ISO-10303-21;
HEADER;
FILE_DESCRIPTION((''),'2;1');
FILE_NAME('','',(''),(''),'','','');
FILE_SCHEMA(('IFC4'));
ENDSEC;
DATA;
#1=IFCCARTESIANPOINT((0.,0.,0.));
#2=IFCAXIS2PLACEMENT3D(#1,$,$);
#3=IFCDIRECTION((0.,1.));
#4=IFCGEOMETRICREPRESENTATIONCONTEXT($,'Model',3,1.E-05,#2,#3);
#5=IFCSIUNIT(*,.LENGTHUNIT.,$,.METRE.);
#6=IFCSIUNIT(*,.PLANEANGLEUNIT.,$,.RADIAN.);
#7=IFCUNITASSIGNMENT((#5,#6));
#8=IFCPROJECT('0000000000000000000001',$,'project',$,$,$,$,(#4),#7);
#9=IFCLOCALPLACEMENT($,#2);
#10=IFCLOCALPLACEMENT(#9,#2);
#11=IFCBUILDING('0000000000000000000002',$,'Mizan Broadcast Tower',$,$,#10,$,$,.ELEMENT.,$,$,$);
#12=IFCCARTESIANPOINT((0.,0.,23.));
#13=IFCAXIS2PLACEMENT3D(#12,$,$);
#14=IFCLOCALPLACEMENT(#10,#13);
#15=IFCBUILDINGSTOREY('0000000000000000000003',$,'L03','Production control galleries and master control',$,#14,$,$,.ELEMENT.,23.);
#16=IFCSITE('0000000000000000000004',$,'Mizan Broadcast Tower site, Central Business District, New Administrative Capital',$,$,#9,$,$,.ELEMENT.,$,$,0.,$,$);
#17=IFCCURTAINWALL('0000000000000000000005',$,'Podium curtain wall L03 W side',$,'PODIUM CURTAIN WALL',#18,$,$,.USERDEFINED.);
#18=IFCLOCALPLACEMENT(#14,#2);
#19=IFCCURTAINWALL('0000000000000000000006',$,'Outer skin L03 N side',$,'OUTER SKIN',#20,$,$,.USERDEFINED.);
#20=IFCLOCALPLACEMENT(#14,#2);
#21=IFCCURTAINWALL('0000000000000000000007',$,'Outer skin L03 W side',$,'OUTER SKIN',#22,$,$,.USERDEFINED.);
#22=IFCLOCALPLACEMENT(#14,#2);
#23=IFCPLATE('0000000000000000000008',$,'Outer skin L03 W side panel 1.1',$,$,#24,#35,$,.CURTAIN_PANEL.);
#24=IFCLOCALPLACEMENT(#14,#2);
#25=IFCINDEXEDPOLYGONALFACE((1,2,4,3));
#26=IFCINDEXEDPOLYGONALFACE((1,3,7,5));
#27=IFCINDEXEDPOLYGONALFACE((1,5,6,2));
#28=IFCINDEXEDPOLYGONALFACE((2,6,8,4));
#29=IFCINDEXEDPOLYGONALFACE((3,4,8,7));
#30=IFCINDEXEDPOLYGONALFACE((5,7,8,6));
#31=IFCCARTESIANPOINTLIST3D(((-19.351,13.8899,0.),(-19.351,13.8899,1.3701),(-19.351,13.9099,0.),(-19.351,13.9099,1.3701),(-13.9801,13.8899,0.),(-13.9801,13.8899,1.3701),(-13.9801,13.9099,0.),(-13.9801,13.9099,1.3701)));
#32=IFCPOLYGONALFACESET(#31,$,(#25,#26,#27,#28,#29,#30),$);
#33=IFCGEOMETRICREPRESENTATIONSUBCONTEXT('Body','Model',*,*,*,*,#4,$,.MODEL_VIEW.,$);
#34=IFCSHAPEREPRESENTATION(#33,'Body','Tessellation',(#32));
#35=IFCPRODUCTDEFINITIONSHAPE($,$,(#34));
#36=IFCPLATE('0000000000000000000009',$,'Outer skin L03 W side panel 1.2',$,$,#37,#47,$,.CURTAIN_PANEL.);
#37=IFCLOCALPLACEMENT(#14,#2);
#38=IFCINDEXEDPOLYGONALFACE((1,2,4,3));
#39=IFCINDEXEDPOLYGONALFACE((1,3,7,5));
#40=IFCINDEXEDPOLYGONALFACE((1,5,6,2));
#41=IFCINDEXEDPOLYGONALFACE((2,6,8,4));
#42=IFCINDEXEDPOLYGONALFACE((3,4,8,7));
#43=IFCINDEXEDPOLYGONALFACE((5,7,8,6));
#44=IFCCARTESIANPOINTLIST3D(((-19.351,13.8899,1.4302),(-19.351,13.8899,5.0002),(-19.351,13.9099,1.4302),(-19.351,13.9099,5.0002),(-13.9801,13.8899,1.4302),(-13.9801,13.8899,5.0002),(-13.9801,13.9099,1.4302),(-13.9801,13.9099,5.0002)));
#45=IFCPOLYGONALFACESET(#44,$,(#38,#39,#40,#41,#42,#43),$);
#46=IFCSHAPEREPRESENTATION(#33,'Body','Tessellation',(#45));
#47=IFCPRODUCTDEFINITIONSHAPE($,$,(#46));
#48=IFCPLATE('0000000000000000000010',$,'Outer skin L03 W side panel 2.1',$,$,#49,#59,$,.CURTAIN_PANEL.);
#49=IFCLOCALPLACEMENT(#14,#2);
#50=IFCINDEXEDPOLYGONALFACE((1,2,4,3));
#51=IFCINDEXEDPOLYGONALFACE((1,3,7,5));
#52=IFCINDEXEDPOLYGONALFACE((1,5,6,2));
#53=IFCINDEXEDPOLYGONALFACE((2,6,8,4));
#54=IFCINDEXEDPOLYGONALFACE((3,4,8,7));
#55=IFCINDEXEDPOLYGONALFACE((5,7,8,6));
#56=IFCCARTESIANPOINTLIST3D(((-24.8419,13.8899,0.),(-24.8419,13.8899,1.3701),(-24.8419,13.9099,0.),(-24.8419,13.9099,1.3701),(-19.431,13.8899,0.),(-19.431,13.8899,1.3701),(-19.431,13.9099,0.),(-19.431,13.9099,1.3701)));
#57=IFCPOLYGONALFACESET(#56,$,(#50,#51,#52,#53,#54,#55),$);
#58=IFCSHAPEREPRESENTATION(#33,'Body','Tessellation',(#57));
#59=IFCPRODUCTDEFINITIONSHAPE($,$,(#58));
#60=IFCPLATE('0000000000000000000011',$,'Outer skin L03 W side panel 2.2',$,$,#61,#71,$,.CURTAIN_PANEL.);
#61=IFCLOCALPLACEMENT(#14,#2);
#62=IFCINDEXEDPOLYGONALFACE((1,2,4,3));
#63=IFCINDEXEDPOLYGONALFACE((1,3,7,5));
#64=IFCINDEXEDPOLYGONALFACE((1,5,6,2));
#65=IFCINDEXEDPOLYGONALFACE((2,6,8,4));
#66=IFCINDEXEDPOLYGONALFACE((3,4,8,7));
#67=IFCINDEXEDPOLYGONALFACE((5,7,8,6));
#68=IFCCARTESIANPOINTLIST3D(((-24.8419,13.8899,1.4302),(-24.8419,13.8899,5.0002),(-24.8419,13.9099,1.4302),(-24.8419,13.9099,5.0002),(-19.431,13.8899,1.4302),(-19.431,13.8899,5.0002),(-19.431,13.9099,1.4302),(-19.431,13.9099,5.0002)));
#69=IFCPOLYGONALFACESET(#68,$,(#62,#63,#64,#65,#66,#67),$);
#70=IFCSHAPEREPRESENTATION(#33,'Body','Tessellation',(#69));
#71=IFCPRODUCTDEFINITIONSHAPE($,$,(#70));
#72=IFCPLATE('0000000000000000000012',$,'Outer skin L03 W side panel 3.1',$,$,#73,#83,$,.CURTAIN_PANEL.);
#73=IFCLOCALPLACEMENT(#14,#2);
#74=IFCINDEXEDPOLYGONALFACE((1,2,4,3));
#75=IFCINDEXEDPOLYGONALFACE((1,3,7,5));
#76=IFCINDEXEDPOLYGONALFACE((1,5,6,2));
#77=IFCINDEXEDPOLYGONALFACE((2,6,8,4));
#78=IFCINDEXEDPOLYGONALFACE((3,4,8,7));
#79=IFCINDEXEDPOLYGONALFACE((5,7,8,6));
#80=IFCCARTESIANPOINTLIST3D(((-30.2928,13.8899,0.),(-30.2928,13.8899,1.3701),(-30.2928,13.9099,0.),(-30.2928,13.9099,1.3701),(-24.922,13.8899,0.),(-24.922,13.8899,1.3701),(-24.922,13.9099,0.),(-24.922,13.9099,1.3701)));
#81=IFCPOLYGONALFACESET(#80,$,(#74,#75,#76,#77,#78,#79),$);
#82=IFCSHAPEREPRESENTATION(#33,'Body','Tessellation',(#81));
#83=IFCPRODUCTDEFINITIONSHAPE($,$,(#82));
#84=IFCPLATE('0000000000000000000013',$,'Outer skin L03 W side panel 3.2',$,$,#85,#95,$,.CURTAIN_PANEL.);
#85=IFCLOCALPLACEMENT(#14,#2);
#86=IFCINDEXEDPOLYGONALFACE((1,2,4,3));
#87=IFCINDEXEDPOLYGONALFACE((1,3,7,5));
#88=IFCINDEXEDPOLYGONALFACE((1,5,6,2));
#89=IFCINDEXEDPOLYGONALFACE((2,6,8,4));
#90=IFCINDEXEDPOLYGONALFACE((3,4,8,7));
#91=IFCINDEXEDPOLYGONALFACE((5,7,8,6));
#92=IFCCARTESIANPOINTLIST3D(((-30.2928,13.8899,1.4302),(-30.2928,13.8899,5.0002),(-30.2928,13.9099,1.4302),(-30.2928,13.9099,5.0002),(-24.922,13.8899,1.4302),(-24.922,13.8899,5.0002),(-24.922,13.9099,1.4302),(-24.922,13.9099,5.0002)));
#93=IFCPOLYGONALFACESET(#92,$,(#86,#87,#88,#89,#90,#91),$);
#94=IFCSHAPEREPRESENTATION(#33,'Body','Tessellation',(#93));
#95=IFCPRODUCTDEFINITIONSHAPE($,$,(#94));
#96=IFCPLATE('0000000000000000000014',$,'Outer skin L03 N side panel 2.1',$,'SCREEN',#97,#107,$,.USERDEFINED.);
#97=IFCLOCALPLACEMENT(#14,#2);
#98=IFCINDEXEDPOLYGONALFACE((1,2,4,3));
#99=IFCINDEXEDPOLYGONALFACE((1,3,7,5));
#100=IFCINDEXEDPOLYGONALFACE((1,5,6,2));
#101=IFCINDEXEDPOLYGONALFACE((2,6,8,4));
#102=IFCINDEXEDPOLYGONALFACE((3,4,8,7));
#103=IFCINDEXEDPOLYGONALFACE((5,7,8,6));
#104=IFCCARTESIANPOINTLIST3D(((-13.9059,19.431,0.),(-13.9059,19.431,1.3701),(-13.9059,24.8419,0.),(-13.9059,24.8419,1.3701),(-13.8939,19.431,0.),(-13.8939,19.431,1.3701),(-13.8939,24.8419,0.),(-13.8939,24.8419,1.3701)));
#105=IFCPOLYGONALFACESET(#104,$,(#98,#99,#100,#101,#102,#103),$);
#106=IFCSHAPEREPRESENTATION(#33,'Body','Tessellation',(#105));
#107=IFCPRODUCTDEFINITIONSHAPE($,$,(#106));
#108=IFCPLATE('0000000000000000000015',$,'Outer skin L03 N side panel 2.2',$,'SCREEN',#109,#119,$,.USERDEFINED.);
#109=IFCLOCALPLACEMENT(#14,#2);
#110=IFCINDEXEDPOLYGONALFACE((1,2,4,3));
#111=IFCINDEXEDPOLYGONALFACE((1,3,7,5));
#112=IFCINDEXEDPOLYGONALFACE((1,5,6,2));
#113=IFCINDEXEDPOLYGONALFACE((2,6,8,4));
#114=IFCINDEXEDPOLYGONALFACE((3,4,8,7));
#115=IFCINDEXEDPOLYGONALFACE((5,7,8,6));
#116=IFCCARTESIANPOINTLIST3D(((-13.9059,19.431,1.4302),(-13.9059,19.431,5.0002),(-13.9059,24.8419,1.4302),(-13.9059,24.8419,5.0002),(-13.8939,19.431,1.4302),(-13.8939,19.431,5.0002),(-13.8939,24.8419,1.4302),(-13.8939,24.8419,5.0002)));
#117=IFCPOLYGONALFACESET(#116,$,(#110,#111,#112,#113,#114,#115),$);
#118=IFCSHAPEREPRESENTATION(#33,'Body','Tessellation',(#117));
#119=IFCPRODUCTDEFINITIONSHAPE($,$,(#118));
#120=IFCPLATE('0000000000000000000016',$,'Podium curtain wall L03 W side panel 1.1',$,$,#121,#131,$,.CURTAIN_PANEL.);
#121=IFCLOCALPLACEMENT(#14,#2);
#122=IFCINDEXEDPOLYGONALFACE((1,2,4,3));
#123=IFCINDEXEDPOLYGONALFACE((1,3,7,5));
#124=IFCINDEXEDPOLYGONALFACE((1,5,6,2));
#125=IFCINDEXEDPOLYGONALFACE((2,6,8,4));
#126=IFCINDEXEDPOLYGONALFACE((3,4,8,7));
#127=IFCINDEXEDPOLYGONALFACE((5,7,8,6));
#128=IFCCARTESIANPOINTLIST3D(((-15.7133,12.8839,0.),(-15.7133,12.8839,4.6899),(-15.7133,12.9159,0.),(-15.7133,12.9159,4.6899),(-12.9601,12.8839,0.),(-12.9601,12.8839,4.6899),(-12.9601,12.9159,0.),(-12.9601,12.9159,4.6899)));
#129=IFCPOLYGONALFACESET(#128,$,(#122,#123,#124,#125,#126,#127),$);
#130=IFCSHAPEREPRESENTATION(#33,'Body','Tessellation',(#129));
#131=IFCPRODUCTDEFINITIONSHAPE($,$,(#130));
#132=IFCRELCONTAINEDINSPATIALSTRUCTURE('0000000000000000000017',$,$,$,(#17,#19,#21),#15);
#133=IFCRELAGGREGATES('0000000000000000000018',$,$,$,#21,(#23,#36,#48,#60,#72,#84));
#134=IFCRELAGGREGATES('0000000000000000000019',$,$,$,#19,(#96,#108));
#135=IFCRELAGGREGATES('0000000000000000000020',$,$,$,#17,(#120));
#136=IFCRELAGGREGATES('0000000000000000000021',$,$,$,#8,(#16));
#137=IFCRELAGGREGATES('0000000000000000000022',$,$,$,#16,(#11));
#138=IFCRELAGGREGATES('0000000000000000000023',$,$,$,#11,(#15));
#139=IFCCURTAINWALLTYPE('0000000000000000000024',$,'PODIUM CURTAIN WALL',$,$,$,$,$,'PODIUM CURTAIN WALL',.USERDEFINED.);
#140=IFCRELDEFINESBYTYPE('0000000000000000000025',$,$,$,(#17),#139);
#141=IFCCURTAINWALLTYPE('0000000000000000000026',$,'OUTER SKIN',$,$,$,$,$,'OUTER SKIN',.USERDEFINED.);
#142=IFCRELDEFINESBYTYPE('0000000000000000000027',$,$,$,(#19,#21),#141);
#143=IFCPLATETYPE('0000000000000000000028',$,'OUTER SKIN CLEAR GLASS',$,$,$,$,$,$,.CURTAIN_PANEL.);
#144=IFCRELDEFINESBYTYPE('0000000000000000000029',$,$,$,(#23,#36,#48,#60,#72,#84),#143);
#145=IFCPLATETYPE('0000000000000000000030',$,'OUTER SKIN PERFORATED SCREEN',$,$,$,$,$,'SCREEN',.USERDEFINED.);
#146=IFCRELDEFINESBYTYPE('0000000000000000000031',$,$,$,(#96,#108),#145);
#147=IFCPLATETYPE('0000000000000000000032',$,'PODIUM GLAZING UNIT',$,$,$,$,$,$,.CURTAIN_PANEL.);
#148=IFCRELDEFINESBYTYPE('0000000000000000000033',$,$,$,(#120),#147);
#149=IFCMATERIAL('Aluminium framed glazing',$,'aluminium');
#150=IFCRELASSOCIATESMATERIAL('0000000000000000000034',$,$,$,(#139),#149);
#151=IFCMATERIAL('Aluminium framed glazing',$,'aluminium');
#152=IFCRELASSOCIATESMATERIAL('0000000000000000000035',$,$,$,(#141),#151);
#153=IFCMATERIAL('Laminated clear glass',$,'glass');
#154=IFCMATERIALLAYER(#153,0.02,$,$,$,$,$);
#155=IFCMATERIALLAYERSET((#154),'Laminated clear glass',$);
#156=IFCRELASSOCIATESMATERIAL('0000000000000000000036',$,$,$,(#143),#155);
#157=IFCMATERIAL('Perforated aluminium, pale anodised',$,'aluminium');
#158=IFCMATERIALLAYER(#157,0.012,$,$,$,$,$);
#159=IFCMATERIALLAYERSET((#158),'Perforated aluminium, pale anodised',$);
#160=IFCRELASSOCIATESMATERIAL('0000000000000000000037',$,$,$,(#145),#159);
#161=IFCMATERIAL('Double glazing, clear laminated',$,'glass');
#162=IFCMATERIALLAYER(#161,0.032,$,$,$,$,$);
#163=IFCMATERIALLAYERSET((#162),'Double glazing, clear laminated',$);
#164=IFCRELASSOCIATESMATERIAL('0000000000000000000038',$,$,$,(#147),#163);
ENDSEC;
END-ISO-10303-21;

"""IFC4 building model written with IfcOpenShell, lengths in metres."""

from ifc_helpers import new_model, si_unit, direction, frame, origin, origin_2d, place, context, subcontext, project, spatial, rectangle, extrude, material, layer, layer_set, type_object, element, aggregate, save


model = new_model("IFC4")

# Units and contexts
model_context = context("Model", 3, precision=1e-05, world=origin(), true_north=direction((0.0, 1.0)))
body_context = subcontext(model_context, "Body", "Model", "MODEL_VIEW")
ifc_project = project(units=[si_unit("LENGTHUNIT", "METRE"), si_unit("PLANEANGLEUNIT", "RADIAN")], contexts=[model_context])

# Site, building, storey
site_placement = place(None, origin())
site = spatial("IfcSite", under=ifc_project, at=site_placement, Name="Mizan Broadcast Tower site, Central Business District, New Administrative Capital", CompositionType="ELEMENT", RefElevation=0.0)
building_placement = place(site_placement, origin())
building = spatial("IfcBuilding", under=site, at=building_placement, Name="Mizan Broadcast Tower", CompositionType="ELEMENT")
storey_placement = place(building_placement, frame((0.0, 0.0, 23.0)))
storey = spatial("IfcBuildingStorey", under=building, at=storey_placement, Name="L03", Description="Production control galleries and master control", CompositionType="ELEMENT", Elevation=23.0)

# Curtain walls
ifc_material_1 = material(Name="Aluminium framed glazing", Category="aluminium")
curtain_wall_type_1 = type_object("IfcCurtainWallType", Name="PODIUM CURTAIN WALL", ElementType="PODIUM CURTAIN WALL", PredefinedType="USERDEFINED", material=ifc_material_1)
curtain_wall_1_placement = place(storey_placement, origin())
curtain_wall_1 = element("IfcCurtainWall", 1, at=curtain_wall_1_placement, inside=storey, type_object=curtain_wall_type_1, Name="Podium curtain wall L03 W side", ObjectType="PODIUM CURTAIN WALL", PredefinedType="USERDEFINED")
ifc_material_2 = material(Name="Aluminium framed glazing", Category="aluminium")
curtain_wall_type_2 = type_object("IfcCurtainWallType", Name="OUTER SKIN", ElementType="OUTER SKIN", PredefinedType="USERDEFINED", material=ifc_material_2)
curtain_wall_2_placement = place(storey_placement, origin())
curtain_wall_2 = element("IfcCurtainWall", 2, at=curtain_wall_2_placement, inside=storey, type_object=curtain_wall_type_2, Name="Outer skin L03 N side", ObjectType="OUTER SKIN", PredefinedType="USERDEFINED")
curtain_wall_3_placement = place(storey_placement, origin())
curtain_wall_3 = element("IfcCurtainWall", 3, at=curtain_wall_3_placement, inside=storey, type_object=curtain_wall_type_2, Name="Outer skin L03 W side", ObjectType="OUTER SKIN", PredefinedType="USERDEFINED")

# Plates
ifc_material_3 = material(Name="Laminated clear glass", Category="glass")
ifc_layer_1 = layer(ifc_material_3, 0.02)
ifc_layer_set_1 = layer_set([ifc_layer_1], Name="Laminated clear glass")
plate_type_1 = type_object("IfcPlateType", Name="OUTER SKIN CLEAR GLASS", PredefinedType="CURTAIN_PANEL", material=ifc_layer_set_1)
plate_1_placement = place(storey_placement, frame((-16.6655, 13.8999, 0.0), z_axis=(0.0, 0.0, 1.0), x_axis=(-1.0, 0.0, 0.0)))
plate_1 = element("IfcPlate", 4, at=plate_1_placement, type_object=plate_type_1, Name="Outer skin L03 W side panel 1.1", PredefinedType="CURTAIN_PANEL", context=body_context, shape_type="SweptSolid", body=[
    extrude(rectangle(XDim=5.3708, YDim=0.02, at=origin_2d()), origin(), (0.0, 0.0, 1.0), 1.3701),
])
plate_2_placement = place(storey_placement, frame((-16.6655, 13.8999, 1.4302), z_axis=(0.0, 0.0, 1.0), x_axis=(-1.0, 0.0, 0.0)))
plate_2 = element("IfcPlate", 5, at=plate_2_placement, type_object=plate_type_1, Name="Outer skin L03 W side panel 1.2", PredefinedType="CURTAIN_PANEL", context=body_context, shape_type="SweptSolid", body=[
    extrude(rectangle(XDim=5.3708, YDim=0.02, at=origin_2d()), origin(), (0.0, 0.0, 1.0), 3.5701),
])
plate_3_placement = place(storey_placement, frame((-22.1365, 13.8999, 0.0), z_axis=(0.0, 0.0, 1.0), x_axis=(-1.0, 0.0, 0.0)))
plate_3 = element("IfcPlate", 6, at=plate_3_placement, type_object=plate_type_1, Name="Outer skin L03 W side panel 2.1", PredefinedType="CURTAIN_PANEL", context=body_context, shape_type="SweptSolid", body=[
    extrude(rectangle(XDim=5.4109, YDim=0.02, at=origin_2d()), origin(), (0.0, 0.0, 1.0), 1.3701),
])
plate_4_placement = place(storey_placement, frame((-22.1365, 13.8999, 1.4302), z_axis=(0.0, 0.0, 1.0), x_axis=(-1.0, 0.0, 0.0)))
plate_4 = element("IfcPlate", 7, at=plate_4_placement, type_object=plate_type_1, Name="Outer skin L03 W side panel 2.2", PredefinedType="CURTAIN_PANEL", context=body_context, shape_type="SweptSolid", body=[
    extrude(rectangle(XDim=5.4109, YDim=0.02, at=origin_2d()), origin(), (0.0, 0.0, 1.0), 3.5701),
])
plate_5_placement = place(storey_placement, frame((-27.6074, 13.8999, 0.0), z_axis=(0.0, 0.0, 1.0), x_axis=(-1.0, 0.0, 0.0)))
plate_5 = element("IfcPlate", 8, at=plate_5_placement, type_object=plate_type_1, Name="Outer skin L03 W side panel 3.1", PredefinedType="CURTAIN_PANEL", context=body_context, shape_type="SweptSolid", body=[
    extrude(rectangle(XDim=5.3708, YDim=0.02, at=origin_2d()), origin(), (0.0, 0.0, 1.0), 1.3701),
])
plate_6_placement = place(storey_placement, frame((-27.6074, 13.8999, 1.4302), z_axis=(0.0, 0.0, 1.0), x_axis=(-1.0, 0.0, 0.0)))
plate_6 = element("IfcPlate", 9, at=plate_6_placement, type_object=plate_type_1, Name="Outer skin L03 W side panel 3.2", PredefinedType="CURTAIN_PANEL", context=body_context, shape_type="SweptSolid", body=[
    extrude(rectangle(XDim=5.3708, YDim=0.02, at=origin_2d()), origin(), (0.0, 0.0, 1.0), 3.5701),
])
aggregate(curtain_wall_3, [plate_1, plate_2, plate_3, plate_4, plate_5, plate_6])
ifc_material_4 = material(Name="Perforated aluminium, pale anodised", Category="aluminium")
ifc_layer_2 = layer(ifc_material_4, 0.012)
ifc_layer_set_2 = layer_set([ifc_layer_2], Name="Perforated aluminium, pale anodised")
plate_type_2 = type_object("IfcPlateType", Name="OUTER SKIN PERFORATED SCREEN", ElementType="SCREEN", PredefinedType="USERDEFINED", material=ifc_layer_set_2)
plate_7_placement = place(storey_placement, frame((-13.8999, 22.1365, 0.0), z_axis=(0.0, 0.0, 1.0), x_axis=(0.0, -1.0, 0.0)))
plate_7 = element("IfcPlate", 10, at=plate_7_placement, type_object=plate_type_2, Name="Outer skin L03 N side panel 2.1", ObjectType="SCREEN", PredefinedType="USERDEFINED", context=body_context, shape_type="SweptSolid", body=[
    extrude(rectangle(XDim=5.4109, YDim=0.012, at=origin_2d()), origin(), (0.0, 0.0, 1.0), 1.3701),
])
plate_8_placement = place(storey_placement, frame((-13.8999, 22.1365, 1.4302), z_axis=(0.0, 0.0, 1.0), x_axis=(0.0, -1.0, 0.0)))
plate_8 = element("IfcPlate", 11, at=plate_8_placement, type_object=plate_type_2, Name="Outer skin L03 N side panel 2.2", ObjectType="SCREEN", PredefinedType="USERDEFINED", context=body_context, shape_type="SweptSolid", body=[
    extrude(rectangle(XDim=5.4109, YDim=0.012, at=origin_2d()), origin(), (0.0, 0.0, 1.0), 3.5701),
])
aggregate(curtain_wall_2, [plate_7, plate_8])
ifc_material_5 = material(Name="Double glazing, clear laminated", Category="glass")
ifc_layer_3 = layer(ifc_material_5, 0.032)
ifc_layer_set_3 = layer_set([ifc_layer_3], Name="Double glazing, clear laminated")
plate_type_3 = type_object("IfcPlateType", Name="PODIUM GLAZING UNIT", PredefinedType="CURTAIN_PANEL", material=ifc_layer_set_3)
plate_9_placement = place(storey_placement, frame((-14.3367, 12.8999, 0.0), z_axis=(0.0, 0.0, 1.0), x_axis=(-1.0, 0.0, 0.0)))
plate_9 = element("IfcPlate", 12, at=plate_9_placement, type_object=plate_type_3, Name="Podium curtain wall L03 W side panel 1.1", PredefinedType="CURTAIN_PANEL", context=body_context, shape_type="SweptSolid", body=[
    extrude(rectangle(XDim=2.7532, YDim=0.032, at=origin_2d()), origin(), (0.0, 0.0, 1.0), 4.6899),
])
aggregate(curtain_wall_1, [plate_9])

save(model, "model.ifc")
